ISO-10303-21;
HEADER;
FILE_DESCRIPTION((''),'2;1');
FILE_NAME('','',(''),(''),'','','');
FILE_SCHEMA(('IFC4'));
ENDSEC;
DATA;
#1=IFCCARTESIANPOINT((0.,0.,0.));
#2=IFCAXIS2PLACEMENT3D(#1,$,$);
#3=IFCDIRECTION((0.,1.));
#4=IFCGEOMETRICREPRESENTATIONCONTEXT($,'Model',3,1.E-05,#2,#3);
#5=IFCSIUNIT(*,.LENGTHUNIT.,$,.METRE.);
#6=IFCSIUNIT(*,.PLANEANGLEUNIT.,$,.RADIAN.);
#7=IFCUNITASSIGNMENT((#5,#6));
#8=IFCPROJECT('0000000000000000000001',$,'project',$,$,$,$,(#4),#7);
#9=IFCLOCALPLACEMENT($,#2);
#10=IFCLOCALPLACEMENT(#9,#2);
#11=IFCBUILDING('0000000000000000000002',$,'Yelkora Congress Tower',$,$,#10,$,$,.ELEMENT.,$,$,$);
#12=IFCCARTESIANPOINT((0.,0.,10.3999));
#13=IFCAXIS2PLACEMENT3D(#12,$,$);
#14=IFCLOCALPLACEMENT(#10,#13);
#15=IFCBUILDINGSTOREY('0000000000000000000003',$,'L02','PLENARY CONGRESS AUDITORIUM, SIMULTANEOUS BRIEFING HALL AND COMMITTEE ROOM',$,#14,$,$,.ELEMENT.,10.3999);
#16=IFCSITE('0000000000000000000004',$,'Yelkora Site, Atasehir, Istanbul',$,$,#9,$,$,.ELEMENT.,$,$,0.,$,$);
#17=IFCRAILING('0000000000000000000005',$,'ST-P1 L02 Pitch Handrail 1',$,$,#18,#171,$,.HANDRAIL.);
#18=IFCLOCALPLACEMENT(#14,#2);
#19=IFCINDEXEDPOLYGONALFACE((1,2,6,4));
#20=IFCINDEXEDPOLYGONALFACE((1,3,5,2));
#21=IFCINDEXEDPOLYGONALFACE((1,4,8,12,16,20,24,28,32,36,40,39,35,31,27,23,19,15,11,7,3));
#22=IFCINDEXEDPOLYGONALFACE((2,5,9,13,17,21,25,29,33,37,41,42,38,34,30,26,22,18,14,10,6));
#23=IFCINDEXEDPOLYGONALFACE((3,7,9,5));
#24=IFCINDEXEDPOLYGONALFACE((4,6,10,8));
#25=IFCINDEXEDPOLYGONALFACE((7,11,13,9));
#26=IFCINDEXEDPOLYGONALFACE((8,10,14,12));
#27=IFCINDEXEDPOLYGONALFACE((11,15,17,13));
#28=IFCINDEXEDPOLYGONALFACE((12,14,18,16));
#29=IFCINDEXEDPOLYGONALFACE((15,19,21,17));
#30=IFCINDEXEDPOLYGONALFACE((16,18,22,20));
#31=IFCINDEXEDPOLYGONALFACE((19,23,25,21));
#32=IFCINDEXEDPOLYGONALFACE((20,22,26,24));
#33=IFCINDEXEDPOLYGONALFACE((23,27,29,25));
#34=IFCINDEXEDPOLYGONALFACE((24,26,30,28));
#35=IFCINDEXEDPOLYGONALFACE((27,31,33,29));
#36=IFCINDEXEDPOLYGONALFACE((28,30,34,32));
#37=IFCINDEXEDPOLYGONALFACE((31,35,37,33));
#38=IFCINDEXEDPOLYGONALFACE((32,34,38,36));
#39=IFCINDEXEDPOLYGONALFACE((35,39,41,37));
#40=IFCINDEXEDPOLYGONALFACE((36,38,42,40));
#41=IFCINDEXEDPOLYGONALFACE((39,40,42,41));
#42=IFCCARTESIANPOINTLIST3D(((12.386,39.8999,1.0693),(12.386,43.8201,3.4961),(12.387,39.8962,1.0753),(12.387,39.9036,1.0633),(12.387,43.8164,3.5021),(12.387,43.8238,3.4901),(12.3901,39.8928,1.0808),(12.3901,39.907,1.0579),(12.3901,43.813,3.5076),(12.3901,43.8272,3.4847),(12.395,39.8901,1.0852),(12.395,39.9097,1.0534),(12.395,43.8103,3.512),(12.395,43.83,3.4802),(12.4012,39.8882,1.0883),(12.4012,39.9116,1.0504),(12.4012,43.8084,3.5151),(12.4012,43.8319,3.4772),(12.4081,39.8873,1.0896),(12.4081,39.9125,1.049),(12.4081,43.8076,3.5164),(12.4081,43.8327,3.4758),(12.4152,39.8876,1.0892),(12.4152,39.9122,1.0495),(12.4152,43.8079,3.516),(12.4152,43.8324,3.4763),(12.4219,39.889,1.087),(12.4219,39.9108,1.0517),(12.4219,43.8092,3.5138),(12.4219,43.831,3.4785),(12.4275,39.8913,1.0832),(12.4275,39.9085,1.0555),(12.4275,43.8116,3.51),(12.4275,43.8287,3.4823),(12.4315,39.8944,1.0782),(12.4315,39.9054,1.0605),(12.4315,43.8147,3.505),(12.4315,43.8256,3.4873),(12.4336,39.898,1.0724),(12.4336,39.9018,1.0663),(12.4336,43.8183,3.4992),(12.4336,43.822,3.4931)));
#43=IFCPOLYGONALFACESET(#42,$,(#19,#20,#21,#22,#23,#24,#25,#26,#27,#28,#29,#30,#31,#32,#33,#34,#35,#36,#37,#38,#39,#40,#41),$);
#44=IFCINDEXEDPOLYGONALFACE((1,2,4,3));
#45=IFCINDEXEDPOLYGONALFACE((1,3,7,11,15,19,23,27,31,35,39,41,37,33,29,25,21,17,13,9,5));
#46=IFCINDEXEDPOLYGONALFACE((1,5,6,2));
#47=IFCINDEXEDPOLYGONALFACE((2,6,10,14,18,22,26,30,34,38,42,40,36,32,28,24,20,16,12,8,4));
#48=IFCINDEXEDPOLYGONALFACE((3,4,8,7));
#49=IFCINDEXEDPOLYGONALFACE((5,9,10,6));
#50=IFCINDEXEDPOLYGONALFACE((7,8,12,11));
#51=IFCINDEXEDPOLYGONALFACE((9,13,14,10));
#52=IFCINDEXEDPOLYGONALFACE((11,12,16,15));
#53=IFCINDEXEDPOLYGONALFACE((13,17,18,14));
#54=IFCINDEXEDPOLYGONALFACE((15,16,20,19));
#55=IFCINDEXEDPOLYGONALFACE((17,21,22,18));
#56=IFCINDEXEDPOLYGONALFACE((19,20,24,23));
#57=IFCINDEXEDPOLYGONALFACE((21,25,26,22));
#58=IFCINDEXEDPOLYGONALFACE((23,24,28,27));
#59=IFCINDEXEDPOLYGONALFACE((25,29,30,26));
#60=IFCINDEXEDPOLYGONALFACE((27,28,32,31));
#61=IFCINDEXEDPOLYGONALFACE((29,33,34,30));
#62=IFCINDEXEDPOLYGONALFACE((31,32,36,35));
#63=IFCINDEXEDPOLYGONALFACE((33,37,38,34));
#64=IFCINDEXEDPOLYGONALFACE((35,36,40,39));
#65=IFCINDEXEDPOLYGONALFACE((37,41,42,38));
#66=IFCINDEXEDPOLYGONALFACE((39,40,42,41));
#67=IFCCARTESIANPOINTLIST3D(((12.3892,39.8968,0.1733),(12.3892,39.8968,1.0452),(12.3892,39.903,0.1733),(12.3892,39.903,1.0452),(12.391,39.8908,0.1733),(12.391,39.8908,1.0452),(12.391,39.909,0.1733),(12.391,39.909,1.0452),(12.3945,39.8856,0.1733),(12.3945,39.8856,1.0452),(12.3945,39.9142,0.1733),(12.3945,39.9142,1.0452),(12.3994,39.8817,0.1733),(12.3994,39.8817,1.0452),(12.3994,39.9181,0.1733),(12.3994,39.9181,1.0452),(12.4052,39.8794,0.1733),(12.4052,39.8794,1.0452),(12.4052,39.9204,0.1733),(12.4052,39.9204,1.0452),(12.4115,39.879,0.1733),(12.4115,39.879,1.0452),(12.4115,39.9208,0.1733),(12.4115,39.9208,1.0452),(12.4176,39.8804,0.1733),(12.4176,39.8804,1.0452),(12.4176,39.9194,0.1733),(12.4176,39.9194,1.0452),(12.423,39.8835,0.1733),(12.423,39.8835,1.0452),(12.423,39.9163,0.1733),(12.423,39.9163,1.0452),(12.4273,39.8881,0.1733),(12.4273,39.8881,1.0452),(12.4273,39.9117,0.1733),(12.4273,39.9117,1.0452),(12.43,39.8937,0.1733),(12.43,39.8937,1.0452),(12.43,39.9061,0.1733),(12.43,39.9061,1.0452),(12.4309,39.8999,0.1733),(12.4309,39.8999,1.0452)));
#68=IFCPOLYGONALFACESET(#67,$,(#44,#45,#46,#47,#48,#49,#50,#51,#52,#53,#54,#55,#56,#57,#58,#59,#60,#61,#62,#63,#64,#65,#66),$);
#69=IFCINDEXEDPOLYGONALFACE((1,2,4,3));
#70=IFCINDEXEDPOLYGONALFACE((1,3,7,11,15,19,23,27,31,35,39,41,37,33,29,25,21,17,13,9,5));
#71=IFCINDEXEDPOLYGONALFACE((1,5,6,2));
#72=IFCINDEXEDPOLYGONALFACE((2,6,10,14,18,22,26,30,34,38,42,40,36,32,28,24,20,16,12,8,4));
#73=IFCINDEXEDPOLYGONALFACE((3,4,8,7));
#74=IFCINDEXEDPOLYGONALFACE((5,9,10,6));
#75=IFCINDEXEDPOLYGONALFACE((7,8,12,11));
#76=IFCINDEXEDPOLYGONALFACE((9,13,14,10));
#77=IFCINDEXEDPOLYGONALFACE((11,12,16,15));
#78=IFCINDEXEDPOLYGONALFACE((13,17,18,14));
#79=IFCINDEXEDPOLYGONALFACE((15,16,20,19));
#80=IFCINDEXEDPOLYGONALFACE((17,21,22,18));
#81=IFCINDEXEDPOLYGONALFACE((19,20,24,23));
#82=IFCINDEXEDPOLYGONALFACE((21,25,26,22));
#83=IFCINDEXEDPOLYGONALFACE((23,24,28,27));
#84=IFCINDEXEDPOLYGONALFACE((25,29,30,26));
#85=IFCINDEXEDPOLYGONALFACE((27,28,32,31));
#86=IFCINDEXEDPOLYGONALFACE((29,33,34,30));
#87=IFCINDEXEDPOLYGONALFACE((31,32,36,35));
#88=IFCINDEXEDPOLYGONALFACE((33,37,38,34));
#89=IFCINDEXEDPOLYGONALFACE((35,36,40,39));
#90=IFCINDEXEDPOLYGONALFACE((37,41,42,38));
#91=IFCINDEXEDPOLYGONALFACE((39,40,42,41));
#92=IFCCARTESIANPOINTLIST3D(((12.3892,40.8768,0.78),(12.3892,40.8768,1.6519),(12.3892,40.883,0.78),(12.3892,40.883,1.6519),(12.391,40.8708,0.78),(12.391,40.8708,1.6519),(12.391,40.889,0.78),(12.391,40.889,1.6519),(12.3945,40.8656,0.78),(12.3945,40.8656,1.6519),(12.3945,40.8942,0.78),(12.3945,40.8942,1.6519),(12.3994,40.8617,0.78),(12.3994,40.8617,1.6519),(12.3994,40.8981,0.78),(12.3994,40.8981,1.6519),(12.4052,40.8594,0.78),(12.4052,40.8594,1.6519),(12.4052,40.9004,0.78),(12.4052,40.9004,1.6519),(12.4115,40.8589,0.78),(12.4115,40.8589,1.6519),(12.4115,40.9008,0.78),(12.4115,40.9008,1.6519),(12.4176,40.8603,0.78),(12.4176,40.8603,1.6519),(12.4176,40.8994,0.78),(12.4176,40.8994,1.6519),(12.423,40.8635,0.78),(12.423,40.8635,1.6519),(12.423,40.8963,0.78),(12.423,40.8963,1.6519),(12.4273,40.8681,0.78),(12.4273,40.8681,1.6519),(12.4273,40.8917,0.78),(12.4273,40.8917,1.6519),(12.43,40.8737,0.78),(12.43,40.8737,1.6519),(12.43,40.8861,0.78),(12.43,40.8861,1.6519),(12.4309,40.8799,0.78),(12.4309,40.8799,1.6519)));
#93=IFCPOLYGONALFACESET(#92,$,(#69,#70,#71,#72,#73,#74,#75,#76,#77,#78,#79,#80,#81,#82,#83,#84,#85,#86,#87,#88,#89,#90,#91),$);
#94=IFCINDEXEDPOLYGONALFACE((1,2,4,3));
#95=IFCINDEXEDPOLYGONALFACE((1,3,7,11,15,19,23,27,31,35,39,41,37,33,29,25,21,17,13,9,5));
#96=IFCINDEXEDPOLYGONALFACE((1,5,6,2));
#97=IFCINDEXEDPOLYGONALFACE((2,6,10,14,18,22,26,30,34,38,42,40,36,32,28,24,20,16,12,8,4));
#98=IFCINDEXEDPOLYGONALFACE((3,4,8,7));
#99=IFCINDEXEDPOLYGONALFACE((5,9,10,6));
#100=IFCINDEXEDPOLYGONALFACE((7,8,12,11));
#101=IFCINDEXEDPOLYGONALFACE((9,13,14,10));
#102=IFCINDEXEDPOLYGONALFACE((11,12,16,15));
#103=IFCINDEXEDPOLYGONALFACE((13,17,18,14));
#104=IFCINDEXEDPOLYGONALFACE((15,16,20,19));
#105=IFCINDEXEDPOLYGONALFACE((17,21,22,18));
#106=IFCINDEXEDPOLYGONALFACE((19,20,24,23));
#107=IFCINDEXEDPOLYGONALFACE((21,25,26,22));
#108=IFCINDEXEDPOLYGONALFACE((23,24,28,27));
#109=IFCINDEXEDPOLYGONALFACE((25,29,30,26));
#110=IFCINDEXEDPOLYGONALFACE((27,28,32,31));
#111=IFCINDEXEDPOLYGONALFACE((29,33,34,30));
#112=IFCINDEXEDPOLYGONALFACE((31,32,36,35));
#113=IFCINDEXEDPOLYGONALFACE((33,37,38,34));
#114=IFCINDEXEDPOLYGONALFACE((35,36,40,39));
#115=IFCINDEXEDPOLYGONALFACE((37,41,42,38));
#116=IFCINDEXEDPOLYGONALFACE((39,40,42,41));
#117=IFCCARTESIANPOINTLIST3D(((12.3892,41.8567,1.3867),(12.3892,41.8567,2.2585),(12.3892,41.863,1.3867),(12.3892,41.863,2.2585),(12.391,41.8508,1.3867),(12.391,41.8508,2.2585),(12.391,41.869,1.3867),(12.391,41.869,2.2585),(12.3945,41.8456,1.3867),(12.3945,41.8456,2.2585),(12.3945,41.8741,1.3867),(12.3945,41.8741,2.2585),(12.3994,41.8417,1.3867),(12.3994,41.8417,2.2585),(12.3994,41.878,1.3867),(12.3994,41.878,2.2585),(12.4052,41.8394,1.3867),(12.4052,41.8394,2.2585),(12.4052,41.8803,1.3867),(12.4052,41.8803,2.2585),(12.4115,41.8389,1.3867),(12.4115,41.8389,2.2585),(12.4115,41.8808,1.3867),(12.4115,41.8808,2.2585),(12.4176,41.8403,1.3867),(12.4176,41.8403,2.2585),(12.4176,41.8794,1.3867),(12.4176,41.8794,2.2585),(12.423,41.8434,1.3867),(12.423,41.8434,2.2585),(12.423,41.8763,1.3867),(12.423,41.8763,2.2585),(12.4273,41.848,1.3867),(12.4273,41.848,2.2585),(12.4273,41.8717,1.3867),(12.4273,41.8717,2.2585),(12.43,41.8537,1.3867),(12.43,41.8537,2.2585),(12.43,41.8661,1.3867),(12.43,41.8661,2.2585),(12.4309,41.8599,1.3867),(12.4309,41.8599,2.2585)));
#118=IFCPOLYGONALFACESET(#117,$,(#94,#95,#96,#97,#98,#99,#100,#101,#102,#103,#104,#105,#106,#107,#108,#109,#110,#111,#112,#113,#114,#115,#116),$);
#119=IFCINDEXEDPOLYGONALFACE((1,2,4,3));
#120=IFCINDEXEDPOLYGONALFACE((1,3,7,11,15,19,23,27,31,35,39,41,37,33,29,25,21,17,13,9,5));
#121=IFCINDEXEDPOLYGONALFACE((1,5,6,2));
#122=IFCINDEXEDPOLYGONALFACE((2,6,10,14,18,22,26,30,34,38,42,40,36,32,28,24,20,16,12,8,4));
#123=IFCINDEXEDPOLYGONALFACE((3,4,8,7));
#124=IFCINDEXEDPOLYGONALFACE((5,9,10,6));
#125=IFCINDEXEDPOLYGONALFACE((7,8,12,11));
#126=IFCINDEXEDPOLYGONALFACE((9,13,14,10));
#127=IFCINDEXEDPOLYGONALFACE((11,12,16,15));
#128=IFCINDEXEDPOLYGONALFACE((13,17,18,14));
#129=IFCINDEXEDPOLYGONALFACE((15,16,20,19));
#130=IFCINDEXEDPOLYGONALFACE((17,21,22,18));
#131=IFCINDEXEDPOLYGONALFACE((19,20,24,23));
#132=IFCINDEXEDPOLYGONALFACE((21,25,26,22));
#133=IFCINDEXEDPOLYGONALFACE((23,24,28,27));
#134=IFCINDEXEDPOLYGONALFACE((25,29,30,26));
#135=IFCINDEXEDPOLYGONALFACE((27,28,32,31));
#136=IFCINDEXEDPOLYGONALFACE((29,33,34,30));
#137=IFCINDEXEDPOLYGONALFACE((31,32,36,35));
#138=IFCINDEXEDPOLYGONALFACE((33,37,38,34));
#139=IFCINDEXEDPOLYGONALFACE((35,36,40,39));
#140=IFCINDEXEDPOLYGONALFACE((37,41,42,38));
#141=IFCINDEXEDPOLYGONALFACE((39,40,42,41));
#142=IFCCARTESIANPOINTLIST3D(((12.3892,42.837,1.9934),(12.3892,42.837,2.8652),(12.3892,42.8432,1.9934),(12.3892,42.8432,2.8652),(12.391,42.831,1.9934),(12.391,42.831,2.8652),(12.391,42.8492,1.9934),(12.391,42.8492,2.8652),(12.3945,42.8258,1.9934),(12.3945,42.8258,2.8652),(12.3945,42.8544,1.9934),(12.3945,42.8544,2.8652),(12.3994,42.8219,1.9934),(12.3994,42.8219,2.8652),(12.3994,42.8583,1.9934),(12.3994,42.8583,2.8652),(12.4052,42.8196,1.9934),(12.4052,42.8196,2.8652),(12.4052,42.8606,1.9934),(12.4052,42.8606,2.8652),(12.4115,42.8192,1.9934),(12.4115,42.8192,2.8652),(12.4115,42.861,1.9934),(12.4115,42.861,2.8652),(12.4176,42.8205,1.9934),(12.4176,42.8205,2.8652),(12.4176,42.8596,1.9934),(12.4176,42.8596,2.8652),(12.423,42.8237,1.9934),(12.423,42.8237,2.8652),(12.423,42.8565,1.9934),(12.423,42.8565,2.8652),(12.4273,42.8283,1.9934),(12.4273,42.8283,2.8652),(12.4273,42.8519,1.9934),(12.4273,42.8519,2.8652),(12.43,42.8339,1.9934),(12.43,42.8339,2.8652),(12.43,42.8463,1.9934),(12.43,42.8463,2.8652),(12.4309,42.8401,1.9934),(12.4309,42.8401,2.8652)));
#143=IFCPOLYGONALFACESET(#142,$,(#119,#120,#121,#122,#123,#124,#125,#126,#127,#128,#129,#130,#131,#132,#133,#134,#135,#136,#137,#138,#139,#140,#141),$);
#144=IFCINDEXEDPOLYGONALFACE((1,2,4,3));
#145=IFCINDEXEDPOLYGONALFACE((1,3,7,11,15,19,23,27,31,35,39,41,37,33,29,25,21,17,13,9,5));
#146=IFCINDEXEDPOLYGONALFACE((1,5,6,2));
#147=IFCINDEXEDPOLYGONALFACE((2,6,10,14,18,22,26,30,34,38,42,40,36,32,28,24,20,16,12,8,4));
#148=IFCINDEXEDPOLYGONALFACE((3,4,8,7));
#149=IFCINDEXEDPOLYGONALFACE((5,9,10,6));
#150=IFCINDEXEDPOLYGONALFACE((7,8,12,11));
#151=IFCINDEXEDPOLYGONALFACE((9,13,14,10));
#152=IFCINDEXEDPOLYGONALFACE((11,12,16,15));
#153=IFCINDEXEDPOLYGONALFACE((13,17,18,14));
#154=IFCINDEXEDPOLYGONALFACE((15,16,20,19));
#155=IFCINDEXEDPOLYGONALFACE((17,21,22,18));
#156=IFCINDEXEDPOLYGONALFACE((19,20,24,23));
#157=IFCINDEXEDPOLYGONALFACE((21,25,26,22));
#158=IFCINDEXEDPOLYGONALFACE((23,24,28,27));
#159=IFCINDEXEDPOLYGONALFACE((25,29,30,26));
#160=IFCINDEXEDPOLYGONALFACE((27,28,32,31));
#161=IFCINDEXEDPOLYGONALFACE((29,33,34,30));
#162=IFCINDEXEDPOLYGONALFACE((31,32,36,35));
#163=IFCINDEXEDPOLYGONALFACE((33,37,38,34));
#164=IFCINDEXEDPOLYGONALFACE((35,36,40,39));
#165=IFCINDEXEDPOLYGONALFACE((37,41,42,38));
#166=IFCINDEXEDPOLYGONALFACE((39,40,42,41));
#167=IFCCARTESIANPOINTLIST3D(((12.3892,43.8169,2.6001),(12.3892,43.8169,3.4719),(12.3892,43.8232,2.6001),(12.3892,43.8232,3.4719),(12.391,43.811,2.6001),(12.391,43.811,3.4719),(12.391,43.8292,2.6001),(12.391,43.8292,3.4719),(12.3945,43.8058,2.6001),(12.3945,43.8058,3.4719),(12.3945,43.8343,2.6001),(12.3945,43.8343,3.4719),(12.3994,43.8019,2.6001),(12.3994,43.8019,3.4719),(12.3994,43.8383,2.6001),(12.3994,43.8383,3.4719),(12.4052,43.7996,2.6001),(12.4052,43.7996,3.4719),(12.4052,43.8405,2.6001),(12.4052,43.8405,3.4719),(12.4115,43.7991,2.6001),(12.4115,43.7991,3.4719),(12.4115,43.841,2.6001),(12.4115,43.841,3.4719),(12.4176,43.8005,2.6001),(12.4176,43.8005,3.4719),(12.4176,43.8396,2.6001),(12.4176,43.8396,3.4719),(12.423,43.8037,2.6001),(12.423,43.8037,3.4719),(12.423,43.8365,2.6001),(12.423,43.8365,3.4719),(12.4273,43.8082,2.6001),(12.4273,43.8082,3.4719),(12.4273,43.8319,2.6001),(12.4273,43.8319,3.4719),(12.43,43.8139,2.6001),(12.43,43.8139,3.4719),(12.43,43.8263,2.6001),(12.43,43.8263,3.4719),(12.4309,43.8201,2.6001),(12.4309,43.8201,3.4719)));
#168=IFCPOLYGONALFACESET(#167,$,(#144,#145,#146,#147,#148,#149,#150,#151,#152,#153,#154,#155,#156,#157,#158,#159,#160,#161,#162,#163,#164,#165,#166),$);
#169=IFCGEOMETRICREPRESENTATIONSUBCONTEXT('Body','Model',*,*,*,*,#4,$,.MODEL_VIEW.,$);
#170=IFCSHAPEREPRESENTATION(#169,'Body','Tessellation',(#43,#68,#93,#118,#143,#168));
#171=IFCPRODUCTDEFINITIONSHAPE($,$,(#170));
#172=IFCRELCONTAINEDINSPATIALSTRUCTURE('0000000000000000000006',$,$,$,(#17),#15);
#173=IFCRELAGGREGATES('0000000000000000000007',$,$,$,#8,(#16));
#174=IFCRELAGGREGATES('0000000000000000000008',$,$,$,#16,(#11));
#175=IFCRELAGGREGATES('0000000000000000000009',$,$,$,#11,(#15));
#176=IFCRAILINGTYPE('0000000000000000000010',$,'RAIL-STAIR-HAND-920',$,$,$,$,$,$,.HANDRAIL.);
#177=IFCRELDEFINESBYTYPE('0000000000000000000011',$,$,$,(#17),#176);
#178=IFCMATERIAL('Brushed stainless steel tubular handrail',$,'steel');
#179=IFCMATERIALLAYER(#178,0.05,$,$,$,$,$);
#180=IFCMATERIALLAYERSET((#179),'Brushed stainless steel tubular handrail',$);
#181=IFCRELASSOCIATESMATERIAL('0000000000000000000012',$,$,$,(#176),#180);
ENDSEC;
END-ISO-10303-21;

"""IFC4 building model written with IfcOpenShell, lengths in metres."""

from ifc_helpers import new_model, si_unit, direction, frame, origin, origin_2d, place, context, subcontext, project, spatial, circle, extrude, material, layer, layer_set, type_object, element, save


model = new_model("IFC4")

# Units and contexts
model_context = context("Model", 3, precision=1e-05, world=origin(), true_north=direction((0.0, 1.0)))
body_context = subcontext(model_context, "Body", "Model", "MODEL_VIEW")
ifc_project = project(units=[si_unit("LENGTHUNIT", "METRE"), si_unit("PLANEANGLEUNIT", "RADIAN")], contexts=[model_context])

# Site, building, storey
site_placement = place(None, origin())
site = spatial("IfcSite", under=ifc_project, at=site_placement, Name="Yelkora Site, Atasehir, Istanbul", CompositionType="ELEMENT", RefElevation=0.0)
building_placement = place(site_placement, origin())
building = spatial("IfcBuilding", under=site, at=building_placement, Name="Yelkora Congress Tower", CompositionType="ELEMENT")
storey_placement = place(building_placement, frame((0.0, 0.0, 10.3999)))
storey = spatial("IfcBuildingStorey", under=building, at=storey_placement, Name="L02", Description="PLENARY CONGRESS AUDITORIUM, SIMULTANEOUS BRIEFING HALL AND COMMITTEE ROOM", CompositionType="ELEMENT", Elevation=10.3999)

# Railing
ifc_material_1 = material(Name="Brushed stainless steel tubular handrail", Category="steel")
ifc_layer_1 = layer(ifc_material_1, 0.05)
ifc_layer_set_1 = layer_set([ifc_layer_1], Name="Brushed stainless steel tubular handrail")
railing_type_1 = type_object("IfcRailingType", Name="RAIL-STAIR-HAND-920", PredefinedType="HANDRAIL", material=ifc_layer_set_1)
railing_1_placement = place(storey_placement, frame((12.4099, 39.8999, 0.1733)))
element("IfcRailing", 1, at=railing_1_placement, inside=storey, type_object=railing_type_1, Name="ST-P1 L02 Pitch Handrail 1", PredefinedType="HANDRAIL", context=body_context, shape_type="SweptSolid", body=[
    extrude(circle(Radius=0.0239, at=origin_2d()), frame((0.0, 0.0, 0.896), z_axis=(0.0, 0.850266, 0.526353), x_axis=(-1.0, 0.0, 0.0)), (0.0, 0.0, 1.0), 4.6106),
    extrude(circle(Radius=0.021, at=origin_2d()), origin(), (0.0, 0.0, 1.0), 0.8718),
    extrude(circle(Radius=0.021, at=origin_2d()), frame((0.0, 0.98, 0.6067)), (0.0, 0.0, 1.0), 0.8718),
    extrude(circle(Radius=0.021, at=origin_2d()), frame((0.0, 1.96, 1.2134)), (0.0, 0.0, 1.0), 0.8718),
    extrude(circle(Radius=0.021, at=origin_2d()), frame((0.0, 2.9402, 1.8201)), (0.0, 0.0, 1.0), 0.8718),
    extrude(circle(Radius=0.021, at=origin_2d()), frame((0.0, 3.9202, 2.4268)), (0.0, 0.0, 1.0), 0.8718),
])

save(model, "model.ifc")
